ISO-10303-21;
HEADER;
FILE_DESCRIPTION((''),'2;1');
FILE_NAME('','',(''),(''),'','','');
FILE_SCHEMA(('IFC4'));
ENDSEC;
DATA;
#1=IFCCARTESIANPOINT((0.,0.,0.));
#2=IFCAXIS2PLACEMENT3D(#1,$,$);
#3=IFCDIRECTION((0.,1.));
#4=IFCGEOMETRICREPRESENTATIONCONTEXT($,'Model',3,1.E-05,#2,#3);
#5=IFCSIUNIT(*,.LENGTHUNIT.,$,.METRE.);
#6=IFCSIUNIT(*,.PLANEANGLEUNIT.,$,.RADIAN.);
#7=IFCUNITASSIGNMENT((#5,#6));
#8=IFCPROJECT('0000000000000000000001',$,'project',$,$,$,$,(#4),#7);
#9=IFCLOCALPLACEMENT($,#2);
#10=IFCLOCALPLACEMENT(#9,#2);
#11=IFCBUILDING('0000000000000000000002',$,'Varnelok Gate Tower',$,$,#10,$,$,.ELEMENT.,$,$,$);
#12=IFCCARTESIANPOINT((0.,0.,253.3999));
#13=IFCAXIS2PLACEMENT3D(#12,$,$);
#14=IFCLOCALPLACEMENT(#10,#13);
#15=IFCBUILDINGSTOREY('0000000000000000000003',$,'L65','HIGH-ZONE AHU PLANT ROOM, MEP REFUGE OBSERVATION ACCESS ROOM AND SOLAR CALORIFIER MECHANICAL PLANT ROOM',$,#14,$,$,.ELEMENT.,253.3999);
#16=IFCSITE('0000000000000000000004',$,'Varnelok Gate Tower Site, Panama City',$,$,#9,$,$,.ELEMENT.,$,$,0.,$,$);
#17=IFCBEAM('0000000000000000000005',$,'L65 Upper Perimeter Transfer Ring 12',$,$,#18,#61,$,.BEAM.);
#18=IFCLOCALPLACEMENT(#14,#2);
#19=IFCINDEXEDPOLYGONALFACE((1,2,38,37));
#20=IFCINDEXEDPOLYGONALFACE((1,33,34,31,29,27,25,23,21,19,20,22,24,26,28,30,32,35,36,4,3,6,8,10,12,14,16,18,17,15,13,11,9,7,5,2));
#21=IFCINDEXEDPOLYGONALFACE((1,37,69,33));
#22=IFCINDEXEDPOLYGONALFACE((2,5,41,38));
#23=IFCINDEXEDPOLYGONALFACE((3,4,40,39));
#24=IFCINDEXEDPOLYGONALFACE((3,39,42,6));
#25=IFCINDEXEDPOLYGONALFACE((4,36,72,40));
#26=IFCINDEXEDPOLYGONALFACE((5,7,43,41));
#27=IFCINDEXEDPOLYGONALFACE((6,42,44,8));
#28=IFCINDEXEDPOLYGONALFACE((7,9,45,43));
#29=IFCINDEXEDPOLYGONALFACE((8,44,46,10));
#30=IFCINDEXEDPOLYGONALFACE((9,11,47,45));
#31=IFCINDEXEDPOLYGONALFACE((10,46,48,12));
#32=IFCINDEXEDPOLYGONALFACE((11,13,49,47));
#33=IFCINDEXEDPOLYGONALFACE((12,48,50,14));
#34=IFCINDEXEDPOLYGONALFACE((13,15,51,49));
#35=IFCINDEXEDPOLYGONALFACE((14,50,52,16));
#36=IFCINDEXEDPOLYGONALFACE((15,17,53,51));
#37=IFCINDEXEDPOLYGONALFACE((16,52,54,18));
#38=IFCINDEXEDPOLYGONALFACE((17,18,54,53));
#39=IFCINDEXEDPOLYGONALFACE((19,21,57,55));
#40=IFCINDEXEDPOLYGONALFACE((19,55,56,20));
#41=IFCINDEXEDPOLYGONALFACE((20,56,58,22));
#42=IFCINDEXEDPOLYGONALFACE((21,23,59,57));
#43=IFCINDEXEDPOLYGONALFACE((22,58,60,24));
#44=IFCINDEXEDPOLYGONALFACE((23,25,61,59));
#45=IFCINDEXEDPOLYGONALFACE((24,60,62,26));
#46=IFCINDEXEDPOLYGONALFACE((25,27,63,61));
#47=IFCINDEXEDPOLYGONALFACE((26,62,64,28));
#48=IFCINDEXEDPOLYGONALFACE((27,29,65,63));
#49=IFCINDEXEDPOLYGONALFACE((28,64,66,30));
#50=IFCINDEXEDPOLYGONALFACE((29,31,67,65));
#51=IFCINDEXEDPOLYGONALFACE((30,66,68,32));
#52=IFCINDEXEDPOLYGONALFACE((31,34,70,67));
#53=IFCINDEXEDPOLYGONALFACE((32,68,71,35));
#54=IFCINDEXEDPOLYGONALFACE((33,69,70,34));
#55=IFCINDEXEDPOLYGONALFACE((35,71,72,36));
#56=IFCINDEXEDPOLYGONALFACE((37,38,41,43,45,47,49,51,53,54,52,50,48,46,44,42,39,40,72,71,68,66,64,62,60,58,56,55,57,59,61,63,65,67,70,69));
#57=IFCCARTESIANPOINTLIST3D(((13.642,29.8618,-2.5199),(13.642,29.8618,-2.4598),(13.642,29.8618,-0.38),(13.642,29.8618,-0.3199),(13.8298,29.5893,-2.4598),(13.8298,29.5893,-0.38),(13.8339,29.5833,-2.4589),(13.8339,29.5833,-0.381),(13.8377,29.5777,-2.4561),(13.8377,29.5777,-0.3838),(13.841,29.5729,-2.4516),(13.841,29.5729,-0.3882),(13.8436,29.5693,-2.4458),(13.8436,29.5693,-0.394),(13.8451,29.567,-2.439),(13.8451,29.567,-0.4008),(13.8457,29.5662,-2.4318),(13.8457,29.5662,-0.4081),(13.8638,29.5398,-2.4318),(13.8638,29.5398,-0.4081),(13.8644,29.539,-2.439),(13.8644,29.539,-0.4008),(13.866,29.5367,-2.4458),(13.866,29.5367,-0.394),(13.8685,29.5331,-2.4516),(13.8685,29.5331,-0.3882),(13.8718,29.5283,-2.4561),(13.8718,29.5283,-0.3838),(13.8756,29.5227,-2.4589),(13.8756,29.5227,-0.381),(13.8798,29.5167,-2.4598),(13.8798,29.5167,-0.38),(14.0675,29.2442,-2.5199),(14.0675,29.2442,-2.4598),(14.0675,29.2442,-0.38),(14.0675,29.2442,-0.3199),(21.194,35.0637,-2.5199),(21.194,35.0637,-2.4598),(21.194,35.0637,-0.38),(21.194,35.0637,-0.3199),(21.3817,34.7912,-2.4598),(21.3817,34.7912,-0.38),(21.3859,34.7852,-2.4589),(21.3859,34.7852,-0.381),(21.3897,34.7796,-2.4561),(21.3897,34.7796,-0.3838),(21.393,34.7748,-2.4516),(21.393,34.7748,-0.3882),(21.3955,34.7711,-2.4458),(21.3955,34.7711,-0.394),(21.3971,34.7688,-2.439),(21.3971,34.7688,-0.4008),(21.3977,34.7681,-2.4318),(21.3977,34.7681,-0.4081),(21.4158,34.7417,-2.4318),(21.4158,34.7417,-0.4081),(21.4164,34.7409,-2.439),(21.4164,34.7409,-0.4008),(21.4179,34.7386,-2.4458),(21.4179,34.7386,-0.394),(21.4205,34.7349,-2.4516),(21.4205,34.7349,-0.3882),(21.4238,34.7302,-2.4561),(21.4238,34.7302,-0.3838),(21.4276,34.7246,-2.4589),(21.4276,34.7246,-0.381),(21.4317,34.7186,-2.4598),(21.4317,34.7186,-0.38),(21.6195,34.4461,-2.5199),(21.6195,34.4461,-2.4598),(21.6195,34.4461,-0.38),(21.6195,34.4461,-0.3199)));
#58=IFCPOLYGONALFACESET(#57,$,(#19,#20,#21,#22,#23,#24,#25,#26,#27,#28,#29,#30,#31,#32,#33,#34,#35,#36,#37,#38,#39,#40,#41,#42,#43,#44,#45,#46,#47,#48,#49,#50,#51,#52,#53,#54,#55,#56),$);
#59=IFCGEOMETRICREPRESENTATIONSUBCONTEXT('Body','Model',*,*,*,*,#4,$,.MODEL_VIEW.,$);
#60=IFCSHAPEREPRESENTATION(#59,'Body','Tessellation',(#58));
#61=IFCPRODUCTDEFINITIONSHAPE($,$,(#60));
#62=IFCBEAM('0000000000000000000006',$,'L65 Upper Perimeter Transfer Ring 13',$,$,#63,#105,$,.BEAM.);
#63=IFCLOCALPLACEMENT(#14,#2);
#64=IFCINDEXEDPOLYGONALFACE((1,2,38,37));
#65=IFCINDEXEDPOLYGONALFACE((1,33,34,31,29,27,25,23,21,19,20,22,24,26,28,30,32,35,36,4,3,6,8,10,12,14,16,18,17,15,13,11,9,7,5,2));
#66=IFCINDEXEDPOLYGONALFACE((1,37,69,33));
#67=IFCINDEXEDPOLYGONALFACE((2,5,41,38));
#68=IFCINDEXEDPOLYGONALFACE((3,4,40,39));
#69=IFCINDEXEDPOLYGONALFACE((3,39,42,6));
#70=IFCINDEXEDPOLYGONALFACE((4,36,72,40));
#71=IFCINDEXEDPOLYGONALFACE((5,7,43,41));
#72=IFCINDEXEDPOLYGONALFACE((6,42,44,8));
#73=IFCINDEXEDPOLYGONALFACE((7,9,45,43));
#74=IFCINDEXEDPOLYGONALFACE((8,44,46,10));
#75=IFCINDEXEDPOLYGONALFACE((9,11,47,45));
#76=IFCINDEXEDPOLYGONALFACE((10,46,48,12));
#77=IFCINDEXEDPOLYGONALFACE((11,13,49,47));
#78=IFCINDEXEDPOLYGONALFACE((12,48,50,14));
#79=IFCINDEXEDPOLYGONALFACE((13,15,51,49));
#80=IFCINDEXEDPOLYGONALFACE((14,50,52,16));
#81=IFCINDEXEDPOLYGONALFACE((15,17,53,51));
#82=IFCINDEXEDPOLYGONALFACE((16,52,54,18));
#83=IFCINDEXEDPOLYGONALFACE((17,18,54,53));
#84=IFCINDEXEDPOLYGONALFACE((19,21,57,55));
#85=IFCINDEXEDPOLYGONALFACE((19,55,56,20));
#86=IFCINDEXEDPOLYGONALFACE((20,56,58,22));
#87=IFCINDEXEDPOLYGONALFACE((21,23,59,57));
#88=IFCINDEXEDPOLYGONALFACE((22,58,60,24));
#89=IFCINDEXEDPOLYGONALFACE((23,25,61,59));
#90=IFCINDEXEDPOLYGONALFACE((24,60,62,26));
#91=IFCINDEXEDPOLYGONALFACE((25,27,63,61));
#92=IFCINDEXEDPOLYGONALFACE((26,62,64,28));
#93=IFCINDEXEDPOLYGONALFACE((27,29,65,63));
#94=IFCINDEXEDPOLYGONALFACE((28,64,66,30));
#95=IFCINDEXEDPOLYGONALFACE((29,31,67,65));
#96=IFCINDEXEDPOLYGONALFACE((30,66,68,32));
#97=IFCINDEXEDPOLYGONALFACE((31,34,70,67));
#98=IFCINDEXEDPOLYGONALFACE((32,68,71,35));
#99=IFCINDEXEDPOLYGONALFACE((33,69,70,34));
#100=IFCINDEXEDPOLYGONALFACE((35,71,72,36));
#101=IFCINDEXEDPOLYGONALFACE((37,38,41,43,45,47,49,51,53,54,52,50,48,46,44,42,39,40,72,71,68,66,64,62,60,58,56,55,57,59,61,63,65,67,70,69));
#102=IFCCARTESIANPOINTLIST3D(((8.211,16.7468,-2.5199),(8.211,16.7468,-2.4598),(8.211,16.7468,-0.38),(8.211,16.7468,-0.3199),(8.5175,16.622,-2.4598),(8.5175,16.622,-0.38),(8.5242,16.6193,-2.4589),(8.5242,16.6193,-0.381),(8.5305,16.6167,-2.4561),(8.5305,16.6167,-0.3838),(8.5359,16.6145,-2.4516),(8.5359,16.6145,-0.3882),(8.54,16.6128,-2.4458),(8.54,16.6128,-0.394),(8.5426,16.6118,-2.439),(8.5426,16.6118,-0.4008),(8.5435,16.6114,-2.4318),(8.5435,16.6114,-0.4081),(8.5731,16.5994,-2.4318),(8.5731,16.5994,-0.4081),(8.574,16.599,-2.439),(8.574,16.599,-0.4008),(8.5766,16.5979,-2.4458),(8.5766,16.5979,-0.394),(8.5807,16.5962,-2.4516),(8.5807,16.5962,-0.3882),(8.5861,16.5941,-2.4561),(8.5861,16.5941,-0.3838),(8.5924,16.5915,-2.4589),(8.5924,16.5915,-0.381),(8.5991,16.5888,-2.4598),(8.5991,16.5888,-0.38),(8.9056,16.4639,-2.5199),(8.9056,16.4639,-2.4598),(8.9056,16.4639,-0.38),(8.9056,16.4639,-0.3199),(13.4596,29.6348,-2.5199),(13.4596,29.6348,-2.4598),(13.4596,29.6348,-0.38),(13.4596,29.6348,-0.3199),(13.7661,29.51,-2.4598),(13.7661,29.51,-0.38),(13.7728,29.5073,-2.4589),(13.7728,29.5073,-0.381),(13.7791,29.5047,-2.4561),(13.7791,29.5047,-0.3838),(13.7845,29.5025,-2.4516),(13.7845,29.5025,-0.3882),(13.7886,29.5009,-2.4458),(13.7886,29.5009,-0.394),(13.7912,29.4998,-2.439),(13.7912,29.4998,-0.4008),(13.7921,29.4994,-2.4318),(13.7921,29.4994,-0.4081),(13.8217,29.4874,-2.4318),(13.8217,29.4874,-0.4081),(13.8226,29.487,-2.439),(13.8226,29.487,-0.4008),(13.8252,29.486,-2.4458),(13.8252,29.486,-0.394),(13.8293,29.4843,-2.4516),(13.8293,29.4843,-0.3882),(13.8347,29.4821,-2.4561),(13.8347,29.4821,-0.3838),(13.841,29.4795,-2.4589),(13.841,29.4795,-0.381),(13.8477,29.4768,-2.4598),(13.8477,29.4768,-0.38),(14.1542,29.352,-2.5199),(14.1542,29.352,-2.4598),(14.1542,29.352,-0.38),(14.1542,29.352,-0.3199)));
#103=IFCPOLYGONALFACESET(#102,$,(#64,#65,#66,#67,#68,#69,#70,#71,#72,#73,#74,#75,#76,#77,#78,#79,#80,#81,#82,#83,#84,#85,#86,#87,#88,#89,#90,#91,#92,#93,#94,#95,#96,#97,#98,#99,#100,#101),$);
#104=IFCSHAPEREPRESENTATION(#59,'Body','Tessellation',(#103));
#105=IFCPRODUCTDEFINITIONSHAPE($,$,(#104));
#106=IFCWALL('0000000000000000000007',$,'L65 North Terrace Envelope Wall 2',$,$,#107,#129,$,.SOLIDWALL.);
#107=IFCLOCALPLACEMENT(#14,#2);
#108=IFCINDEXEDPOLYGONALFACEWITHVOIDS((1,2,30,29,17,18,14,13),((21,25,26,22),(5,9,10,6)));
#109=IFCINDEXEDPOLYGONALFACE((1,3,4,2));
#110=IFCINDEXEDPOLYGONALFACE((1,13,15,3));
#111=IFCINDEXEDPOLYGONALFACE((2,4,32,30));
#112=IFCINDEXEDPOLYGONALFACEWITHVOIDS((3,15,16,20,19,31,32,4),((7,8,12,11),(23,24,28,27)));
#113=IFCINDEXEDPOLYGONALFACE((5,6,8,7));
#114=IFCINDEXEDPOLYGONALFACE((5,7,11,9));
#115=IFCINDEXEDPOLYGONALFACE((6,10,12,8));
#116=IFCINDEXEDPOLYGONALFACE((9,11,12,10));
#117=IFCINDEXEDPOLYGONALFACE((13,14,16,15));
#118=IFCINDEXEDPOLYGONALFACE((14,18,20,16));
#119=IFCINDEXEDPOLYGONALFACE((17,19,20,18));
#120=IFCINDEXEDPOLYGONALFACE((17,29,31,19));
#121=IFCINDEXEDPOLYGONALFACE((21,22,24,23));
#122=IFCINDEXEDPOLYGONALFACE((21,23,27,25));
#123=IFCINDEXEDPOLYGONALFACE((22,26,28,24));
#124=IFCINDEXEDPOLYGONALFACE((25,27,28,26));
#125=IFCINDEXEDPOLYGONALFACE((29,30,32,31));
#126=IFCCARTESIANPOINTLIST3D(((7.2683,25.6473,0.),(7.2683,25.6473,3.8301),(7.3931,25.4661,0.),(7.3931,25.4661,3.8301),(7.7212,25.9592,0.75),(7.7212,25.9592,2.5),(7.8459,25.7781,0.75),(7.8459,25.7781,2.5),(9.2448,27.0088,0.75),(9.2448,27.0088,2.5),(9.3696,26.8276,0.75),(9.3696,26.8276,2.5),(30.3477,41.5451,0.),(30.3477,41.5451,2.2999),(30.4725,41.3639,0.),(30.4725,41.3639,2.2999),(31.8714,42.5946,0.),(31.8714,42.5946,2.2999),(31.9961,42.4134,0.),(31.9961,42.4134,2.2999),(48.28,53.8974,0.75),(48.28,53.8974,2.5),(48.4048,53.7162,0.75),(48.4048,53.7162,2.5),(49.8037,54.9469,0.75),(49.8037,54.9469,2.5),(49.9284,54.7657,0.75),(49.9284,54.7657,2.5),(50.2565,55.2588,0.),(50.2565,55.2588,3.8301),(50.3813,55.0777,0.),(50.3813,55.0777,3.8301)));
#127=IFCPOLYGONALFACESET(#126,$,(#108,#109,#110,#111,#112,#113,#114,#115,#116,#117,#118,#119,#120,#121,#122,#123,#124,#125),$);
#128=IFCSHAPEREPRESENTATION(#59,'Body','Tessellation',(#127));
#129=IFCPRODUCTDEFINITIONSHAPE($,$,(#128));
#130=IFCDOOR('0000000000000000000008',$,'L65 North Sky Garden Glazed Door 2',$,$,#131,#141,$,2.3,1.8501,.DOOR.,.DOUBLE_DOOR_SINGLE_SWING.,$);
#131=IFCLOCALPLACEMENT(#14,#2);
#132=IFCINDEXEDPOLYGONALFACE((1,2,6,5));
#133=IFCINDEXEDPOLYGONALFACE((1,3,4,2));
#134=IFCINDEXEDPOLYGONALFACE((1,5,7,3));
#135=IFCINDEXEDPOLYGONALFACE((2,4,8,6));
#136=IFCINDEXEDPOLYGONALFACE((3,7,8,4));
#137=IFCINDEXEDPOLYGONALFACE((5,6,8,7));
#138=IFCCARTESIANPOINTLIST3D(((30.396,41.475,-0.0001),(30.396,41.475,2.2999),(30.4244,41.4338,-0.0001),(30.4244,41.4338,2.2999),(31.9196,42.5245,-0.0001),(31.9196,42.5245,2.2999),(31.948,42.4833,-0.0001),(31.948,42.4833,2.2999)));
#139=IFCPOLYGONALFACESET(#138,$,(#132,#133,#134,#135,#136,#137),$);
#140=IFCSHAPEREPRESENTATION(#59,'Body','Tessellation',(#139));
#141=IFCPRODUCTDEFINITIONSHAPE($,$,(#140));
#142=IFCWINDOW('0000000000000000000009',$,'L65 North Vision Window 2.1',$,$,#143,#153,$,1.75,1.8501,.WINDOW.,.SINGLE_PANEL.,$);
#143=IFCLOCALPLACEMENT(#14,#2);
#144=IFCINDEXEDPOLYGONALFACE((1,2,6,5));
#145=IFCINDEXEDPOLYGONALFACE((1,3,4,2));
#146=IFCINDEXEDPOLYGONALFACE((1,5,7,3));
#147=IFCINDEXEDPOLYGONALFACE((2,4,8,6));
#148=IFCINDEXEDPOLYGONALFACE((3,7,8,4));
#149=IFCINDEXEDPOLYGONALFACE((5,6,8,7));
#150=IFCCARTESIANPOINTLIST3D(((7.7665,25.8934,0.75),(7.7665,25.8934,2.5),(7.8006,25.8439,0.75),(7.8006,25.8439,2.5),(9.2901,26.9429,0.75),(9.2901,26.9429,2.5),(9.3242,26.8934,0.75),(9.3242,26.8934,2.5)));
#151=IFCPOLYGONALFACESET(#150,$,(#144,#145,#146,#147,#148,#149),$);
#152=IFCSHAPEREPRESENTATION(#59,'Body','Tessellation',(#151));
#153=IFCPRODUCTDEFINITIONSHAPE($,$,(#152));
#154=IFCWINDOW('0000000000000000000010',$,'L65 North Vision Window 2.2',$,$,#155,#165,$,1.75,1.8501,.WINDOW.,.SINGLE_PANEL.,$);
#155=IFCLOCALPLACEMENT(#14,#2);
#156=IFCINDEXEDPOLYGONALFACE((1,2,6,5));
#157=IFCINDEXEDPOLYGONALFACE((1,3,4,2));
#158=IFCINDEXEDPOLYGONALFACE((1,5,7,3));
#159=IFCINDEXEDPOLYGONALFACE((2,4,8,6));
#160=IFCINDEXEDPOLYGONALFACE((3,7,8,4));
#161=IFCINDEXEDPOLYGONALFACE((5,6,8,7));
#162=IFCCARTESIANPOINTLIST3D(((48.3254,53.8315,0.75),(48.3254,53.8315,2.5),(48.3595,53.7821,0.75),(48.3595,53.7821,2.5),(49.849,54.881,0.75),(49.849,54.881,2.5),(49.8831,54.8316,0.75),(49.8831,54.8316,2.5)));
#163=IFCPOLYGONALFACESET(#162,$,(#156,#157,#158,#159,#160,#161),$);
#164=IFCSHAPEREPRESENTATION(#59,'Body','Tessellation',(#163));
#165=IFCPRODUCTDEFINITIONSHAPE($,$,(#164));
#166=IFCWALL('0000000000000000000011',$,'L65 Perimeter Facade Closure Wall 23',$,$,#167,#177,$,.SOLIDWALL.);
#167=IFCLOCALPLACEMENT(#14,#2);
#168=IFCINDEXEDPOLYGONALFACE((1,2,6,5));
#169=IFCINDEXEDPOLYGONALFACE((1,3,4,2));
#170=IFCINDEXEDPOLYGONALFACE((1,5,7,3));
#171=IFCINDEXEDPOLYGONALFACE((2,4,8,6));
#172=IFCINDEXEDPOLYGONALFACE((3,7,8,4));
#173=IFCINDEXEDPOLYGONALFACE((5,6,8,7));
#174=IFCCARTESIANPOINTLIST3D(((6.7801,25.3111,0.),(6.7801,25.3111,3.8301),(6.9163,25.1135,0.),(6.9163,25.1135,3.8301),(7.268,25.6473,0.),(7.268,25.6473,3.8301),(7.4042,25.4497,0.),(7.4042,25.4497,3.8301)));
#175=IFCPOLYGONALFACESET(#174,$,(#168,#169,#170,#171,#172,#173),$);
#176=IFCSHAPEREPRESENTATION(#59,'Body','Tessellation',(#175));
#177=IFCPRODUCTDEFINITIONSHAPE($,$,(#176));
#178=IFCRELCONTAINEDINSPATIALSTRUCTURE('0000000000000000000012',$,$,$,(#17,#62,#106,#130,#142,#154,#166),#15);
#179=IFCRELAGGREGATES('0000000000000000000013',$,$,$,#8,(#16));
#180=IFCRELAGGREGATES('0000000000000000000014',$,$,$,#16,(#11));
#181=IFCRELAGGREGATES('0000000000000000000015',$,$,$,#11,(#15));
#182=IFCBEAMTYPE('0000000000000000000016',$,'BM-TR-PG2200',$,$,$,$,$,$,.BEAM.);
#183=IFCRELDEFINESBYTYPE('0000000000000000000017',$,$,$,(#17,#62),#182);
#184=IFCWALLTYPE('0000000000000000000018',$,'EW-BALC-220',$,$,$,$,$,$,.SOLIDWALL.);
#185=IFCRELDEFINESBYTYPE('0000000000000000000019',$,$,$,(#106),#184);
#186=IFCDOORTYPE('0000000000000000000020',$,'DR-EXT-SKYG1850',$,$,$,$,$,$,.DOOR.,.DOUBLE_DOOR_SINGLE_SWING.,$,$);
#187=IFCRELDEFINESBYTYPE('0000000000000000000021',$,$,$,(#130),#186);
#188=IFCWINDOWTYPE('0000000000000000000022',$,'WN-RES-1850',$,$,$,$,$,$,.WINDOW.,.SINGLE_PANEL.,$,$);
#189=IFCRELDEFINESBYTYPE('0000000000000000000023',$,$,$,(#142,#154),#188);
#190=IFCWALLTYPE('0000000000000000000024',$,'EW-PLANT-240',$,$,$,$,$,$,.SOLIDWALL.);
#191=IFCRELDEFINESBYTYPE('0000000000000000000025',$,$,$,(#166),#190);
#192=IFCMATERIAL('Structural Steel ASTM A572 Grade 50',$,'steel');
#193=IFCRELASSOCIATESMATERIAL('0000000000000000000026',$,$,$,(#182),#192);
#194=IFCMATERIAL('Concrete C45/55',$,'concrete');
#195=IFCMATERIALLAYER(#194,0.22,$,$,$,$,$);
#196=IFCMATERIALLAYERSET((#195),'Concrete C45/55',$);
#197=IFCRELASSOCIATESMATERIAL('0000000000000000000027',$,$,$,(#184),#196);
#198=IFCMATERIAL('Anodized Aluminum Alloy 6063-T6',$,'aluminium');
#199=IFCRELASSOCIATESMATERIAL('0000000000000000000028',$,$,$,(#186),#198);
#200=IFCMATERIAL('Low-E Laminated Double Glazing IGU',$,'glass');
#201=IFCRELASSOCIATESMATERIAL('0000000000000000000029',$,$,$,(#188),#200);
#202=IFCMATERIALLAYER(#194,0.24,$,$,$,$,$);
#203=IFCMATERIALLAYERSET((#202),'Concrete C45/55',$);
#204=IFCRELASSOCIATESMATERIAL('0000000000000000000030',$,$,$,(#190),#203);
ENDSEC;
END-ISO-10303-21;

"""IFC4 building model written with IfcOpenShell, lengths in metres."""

from ifc_helpers import new_model, si_unit, direction, frame, frame_2d, origin, origin_2d, place, context, subcontext, project, spatial, rectangle, i_section, extrude, material, layer, layer_set, material_profile, profile_set, type_object, element, fill, save


model = new_model("IFC4")

# Units and contexts
model_context = context("Model", 3, precision=1e-05, world=origin(), true_north=direction((0.0, 1.0)))
body_context = subcontext(model_context, "Body", "Model", "MODEL_VIEW")
ifc_project = project(units=[si_unit("LENGTHUNIT", "METRE"), si_unit("PLANEANGLEUNIT", "RADIAN")], contexts=[model_context])

# Site, building, storey
site_placement = place(None, origin())
site = spatial("IfcSite", under=ifc_project, at=site_placement, Name="Varnelok Gate Tower Site, Panama City", CompositionType="ELEMENT", RefElevation=0.0)
building_placement = place(site_placement, origin())
building = spatial("IfcBuilding", under=site, at=building_placement, Name="Varnelok Gate Tower", CompositionType="ELEMENT")
storey_placement = place(building_placement, frame((0.0, 0.0, 253.3999)))
storey = spatial("IfcBuildingStorey", under=building, at=storey_placement, Name="L65", Description="HIGH-ZONE AHU PLANT ROOM, MEP REFUGE OBSERVATION ACCESS ROOM AND SOLAR CALORIFIER MECHANICAL PLANT ROOM", CompositionType="ELEMENT", Elevation=253.3999)

# Beams
ifc_material_1 = material(Name="Structural Steel ASTM A572 Grade 50", Category="steel")
ifc_material_profile_1 = material_profile(ifc_material_1, i_section(OverallWidth=0.75, OverallDepth=2.2, WebThickness=0.032, FlangeThickness=0.0601, FilletRadius=0.0281, at=origin_2d()), Name="PG2200X750")
ifc_profile_set_1 = profile_set([ifc_material_profile_1], Name="Structural Steel ASTM A572 Grade 50")
beam_type_1 = type_object("IfcBeamType", Name="BM-TR-PG2200", PredefinedType="BEAM", material=ifc_profile_set_1)
for number, where, z_axis, x_axis, name in (
    (1, (21.4067, 34.7549, -1.4199), (-0.823537, -0.567262, 0.0), (0.567262, -0.823537, 0.0), "L65 Upper Perimeter Transfer Ring 12"),
):
    element("IfcBeam", number, at=place(storey_placement, frame(where, z_axis=z_axis, x_axis=x_axis)), inside=storey, type_object=beam_type_1, Name=name, PredefinedType="BEAM", context=body_context, shape_type="SweptSolid", body=[
        extrude(i_section(OverallWidth=0.75, OverallDepth=2.2, WebThickness=0.032, FlangeThickness=0.0601, FilletRadius=0.0281, at=origin_2d()), origin(), (0.0, 0.0, 1.0), 9.1702),
    ])
beam_1_placement = place(storey_placement, frame((13.8069, 29.4934, -1.4199), z_axis=(-0.377167, -0.926145, 0.0), x_axis=(0.926145, -0.377167, 0.0)))
element("IfcBeam", 2, at=beam_1_placement, inside=storey, type_object=beam_type_1, Name="L65 Upper Perimeter Transfer Ring 13", PredefinedType="BEAM", context=body_context, shape_type="SweptSolid", body=[
    extrude(i_section(OverallWidth=0.75, OverallDepth=2.2, WebThickness=0.032, FlangeThickness=0.0601, FilletRadius=0.0281, at=origin_2d()), origin(), (0.0, 0.0, 1.0), 13.9158),
])

# Wall, openings, door, windows
ifc_material_2 = material(Name="Concrete C45/55", Category="concrete")
ifc_layer_1 = layer(ifc_material_2, 0.22)
ifc_layer_set_1 = layer_set([ifc_layer_1], Name="Concrete C45/55")
wall_type_1 = type_object("IfcWallType", Name="EW-BALC-220", PredefinedType="SOLIDWALL", material=ifc_layer_set_1)
wall_1_placement = place(storey_placement, frame((7.3306, 25.5566, 0.0), z_axis=(0.0, 0.0, 1.0), x_axis=(0.823531, 0.567272, 0.0)))
wall_1 = element("IfcWall", 3, at=wall_1_placement, inside=storey, type_object=wall_type_1, Name="L65 North Terrace Envelope Wall 2", PredefinedType="SOLIDWALL", context=body_context, shape_type="SweptSolid", body=[
    extrude(rectangle(XDim=52.2, YDim=0.22, at=frame_2d((26.1001, 0.0))), origin(), (0.0, 0.0, 1.0), 3.8301),
])
opening_1_placement = place(wall_1_placement, frame((28.0251, 0.0, 0.0)))
opening_1 = element("IfcOpeningElement", 4, at=opening_1_placement, cuts=wall_1, PredefinedType="OPENING", context=body_context, shape_type="SweptSolid", body=[
    extrude(rectangle(XDim=1.8501, YDim=2.3, at=frame_2d((0.925, 1.1499))), frame((0.0, 0.1199, 0.0), z_axis=(0.0, -1.0, 0.0), x_axis=(1.0, 0.0, 0.0)), (0.0, 0.0, 1.0), 0.24),
])
opening_2_placement = place(wall_1_placement, frame((0.55, 0.0, 0.75)))
opening_2 = element("IfcOpeningElement", 5, at=opening_2_placement, cuts=wall_1, PredefinedType="OPENING", context=body_context, shape_type="SweptSolid", body=[
    extrude(rectangle(XDim=1.8501, YDim=1.75, at=frame_2d((0.925, 0.875))), frame((0.0, 0.1199, 0.0), z_axis=(0.0, -1.0, 0.0), x_axis=(1.0, 0.0, 0.0)), (0.0, 0.0, 1.0), 0.24),
])
opening_3_placement = place(wall_1_placement, frame((49.8, 0.0, 0.75)))
opening_3 = element("IfcOpeningElement", 6, at=opening_3_placement, cuts=wall_1, PredefinedType="OPENING", context=body_context, shape_type="SweptSolid", body=[
    extrude(rectangle(XDim=1.8501, YDim=1.75, at=frame_2d((0.925, 0.875))), frame((0.0, 0.1199, 0.0), z_axis=(0.0, -1.0, 0.0), x_axis=(1.0, 0.0, 0.0)), (0.0, 0.0, 1.0), 0.24),
])
ifc_material_3 = material(Name="Anodized Aluminum Alloy 6063-T6", Category="aluminium")
door_type_1 = type_object("IfcDoorType", Name="DR-EXT-SKYG1850", OperationType="DOUBLE_DOOR_SINGLE_SWING", PredefinedType="DOOR", material=ifc_material_3)
door_1_placement = place(opening_1_placement, origin())
door_1 = element("IfcDoor", 7, at=door_1_placement, inside=storey, type_object=door_type_1, Name="L65 North Sky Garden Glazed Door 2", OperationType="DOUBLE_DOOR_SINGLE_SWING", OverallHeight=2.3, OverallWidth=1.8501, PredefinedType="DOOR", context=body_context, shape_type="SweptSolid", body=[
    extrude(rectangle(XDim=1.8501, YDim=2.3, at=frame_2d((0.925, 1.1499))), frame((0.0, 0.0249, 0.0), z_axis=(0.0, -1.0, 0.0), x_axis=(1.0, 0.0, 0.0)), (0.0, 0.0, 1.0), 0.05),
])
fill(opening_1, door_1)
ifc_material_4 = material(Name="Low-E Laminated Double Glazing IGU", Category="glass")
window_type = type_object("IfcWindowType", Name="WN-RES-1850", PartitioningType="SINGLE_PANEL", PredefinedType="WINDOW", material=ifc_material_4)
window_1_placement = place(opening_2_placement, origin())
window_1 = element("IfcWindow", 8, at=window_1_placement, inside=storey, type_object=window_type, Name="L65 North Vision Window 2.1", OverallHeight=1.75, OverallWidth=1.8501, PartitioningType="SINGLE_PANEL", PredefinedType="WINDOW", context=body_context, shape_type="SweptSolid", body=[
    extrude(rectangle(XDim=1.8501, YDim=1.75, at=frame_2d((0.925, 0.875))), frame((0.0, 0.03, 0.0), z_axis=(0.0, -1.0, 0.0), x_axis=(1.0, 0.0, 0.0)), (0.0, 0.0, 1.0), 0.0601),
])
fill(opening_2, window_1)
window_2_placement = place(opening_3_placement, origin())
window_2 = element("IfcWindow", 9, at=window_2_placement, inside=storey, type_object=window_type, Name="L65 North Vision Window 2.2", OverallHeight=1.75, OverallWidth=1.8501, PartitioningType="SINGLE_PANEL", PredefinedType="WINDOW", context=body_context, shape_type="SweptSolid", body=[
    extrude(rectangle(XDim=1.8501, YDim=1.75, at=frame_2d((0.925, 0.875))), frame((0.0, 0.03, 0.0), z_axis=(0.0, -1.0, 0.0), x_axis=(1.0, 0.0, 0.0)), (0.0, 0.0, 1.0), 0.0601),
])
fill(opening_3, window_2)

# Wall
ifc_layer_2 = layer(ifc_material_2, 0.24)
ifc_layer_set_2 = layer_set([ifc_layer_2], Name="Concrete C45/55")
wall_type_2 = type_object("IfcWallType", Name="EW-PLANT-240", PredefinedType="SOLIDWALL", material=ifc_layer_set_2)
wall_2_placement = place(storey_placement, frame((7.3362, 25.5486, 0.0), z_axis=(0.0, 0.0, 1.0), x_axis=(-0.823392, -0.567473, 0.0)))
element("IfcWall", 10, at=wall_2_placement, inside=storey, type_object=wall_type_2, Name="L65 Perimeter Facade Closure Wall 23", PredefinedType="SOLIDWALL", context=body_context, shape_type="SweptSolid", body=[
    extrude(rectangle(XDim=0.5925, YDim=0.24, at=frame_2d((0.2964, 0.0))), origin(), (0.0, 0.0, 1.0), 3.8301),
])

save(model, "model.ifc")
